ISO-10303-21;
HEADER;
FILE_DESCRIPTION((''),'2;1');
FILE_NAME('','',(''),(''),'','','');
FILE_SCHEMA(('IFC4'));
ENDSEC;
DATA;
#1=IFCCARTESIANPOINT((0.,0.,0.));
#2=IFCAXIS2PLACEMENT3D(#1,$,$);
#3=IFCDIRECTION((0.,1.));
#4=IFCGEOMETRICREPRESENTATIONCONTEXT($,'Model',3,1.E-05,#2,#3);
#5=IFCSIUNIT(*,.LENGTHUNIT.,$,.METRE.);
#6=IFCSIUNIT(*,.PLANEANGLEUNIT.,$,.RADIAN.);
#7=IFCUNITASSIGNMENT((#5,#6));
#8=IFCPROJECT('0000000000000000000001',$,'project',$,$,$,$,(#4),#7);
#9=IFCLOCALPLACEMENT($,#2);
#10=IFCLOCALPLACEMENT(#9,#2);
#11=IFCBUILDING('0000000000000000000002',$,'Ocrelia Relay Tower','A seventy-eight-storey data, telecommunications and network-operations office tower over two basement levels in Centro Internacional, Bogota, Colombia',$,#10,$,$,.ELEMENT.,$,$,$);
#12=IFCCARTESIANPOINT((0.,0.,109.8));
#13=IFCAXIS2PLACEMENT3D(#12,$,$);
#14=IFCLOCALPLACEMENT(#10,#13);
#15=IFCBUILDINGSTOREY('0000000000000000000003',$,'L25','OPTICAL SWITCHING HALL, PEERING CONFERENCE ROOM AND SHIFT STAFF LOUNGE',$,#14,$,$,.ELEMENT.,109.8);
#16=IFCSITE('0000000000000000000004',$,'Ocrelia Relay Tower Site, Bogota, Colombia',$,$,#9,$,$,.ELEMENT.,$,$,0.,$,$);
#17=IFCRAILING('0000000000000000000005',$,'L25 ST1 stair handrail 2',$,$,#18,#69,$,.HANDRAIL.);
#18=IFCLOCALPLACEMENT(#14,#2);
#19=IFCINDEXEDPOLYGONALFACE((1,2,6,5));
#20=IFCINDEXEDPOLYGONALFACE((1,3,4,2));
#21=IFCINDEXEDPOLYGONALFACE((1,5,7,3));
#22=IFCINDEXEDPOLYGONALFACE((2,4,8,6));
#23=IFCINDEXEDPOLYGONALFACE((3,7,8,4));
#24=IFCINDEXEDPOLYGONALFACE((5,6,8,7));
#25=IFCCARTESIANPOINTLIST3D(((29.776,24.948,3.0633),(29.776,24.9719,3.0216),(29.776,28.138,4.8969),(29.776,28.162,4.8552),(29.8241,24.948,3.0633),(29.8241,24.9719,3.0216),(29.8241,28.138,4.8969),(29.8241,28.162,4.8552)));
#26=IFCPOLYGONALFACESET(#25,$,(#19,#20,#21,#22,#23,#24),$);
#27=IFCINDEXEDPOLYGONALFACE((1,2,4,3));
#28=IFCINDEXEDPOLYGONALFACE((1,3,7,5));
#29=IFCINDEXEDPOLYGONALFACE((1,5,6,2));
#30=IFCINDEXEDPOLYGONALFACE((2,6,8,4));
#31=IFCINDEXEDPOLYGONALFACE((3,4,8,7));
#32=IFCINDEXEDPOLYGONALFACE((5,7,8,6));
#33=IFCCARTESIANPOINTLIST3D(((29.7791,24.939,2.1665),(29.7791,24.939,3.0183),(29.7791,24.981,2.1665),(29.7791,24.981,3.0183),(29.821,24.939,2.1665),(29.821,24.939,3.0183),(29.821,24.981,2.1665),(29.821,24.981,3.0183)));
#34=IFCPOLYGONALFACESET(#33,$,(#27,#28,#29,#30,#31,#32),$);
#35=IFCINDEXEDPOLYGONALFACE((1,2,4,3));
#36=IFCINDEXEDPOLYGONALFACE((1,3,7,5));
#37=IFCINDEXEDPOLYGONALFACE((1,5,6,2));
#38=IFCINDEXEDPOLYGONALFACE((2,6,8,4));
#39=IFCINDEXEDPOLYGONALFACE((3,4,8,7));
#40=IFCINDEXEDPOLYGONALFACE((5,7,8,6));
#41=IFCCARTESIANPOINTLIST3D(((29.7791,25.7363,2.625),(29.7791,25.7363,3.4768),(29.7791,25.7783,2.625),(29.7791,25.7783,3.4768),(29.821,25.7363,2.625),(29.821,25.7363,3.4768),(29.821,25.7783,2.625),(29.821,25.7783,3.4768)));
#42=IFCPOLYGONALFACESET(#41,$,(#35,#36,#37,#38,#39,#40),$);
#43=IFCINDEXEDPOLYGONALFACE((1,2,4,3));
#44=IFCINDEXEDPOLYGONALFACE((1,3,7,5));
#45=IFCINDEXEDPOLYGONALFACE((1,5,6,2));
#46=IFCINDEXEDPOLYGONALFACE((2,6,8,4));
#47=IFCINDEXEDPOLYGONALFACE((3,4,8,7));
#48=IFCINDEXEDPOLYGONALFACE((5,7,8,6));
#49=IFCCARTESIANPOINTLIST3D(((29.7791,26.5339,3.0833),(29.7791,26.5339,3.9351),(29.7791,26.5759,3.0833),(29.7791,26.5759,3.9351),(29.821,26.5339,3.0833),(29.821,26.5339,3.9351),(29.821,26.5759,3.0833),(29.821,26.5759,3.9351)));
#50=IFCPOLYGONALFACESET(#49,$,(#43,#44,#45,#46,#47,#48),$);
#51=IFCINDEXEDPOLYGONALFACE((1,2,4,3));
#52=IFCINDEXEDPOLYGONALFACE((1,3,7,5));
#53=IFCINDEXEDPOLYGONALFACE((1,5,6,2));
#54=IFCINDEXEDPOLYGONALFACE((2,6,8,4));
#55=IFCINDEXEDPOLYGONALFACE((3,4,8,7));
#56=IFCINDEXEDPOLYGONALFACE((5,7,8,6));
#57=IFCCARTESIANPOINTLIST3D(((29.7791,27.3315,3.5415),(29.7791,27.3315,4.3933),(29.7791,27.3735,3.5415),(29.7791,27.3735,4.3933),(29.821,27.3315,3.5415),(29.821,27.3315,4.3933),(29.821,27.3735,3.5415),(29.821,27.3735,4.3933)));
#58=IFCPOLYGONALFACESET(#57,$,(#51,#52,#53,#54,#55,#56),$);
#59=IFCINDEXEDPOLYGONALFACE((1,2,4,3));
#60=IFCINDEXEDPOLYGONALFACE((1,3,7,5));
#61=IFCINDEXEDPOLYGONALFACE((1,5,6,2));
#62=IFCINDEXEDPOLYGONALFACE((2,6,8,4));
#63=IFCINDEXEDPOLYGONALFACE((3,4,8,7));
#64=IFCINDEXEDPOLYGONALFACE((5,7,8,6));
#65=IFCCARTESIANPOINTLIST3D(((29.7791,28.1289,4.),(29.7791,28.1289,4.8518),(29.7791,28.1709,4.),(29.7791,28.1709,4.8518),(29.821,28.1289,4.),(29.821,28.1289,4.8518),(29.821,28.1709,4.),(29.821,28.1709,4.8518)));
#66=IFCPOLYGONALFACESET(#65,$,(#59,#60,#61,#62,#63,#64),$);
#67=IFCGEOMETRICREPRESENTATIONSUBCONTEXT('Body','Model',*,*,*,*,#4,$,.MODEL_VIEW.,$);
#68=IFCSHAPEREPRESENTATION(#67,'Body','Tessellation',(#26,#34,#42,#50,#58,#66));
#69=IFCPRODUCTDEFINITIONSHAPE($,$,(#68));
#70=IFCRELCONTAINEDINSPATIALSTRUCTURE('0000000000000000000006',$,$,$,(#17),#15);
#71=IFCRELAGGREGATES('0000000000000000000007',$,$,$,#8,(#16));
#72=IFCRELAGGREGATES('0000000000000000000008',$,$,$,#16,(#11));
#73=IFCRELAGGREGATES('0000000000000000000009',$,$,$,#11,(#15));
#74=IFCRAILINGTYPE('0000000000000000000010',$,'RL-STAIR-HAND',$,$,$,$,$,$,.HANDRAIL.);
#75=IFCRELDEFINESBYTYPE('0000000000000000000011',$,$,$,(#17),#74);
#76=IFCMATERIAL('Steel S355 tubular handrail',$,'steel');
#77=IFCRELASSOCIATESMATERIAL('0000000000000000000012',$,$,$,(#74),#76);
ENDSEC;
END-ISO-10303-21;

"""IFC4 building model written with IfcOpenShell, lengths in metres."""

from ifc_helpers import new_model, si_unit, direction, frame, origin, origin_2d, place, context, subcontext, project, spatial, rectangle, extrude, material, type_object, element, save


model = new_model("IFC4")

# Units and contexts
model_context = context("Model", 3, precision=1e-05, world=origin(), true_north=direction((0.0, 1.0)))
body_context = subcontext(model_context, "Body", "Model", "MODEL_VIEW")
ifc_project = project(units=[si_unit("LENGTHUNIT", "METRE"), si_unit("PLANEANGLEUNIT", "RADIAN")], contexts=[model_context])

# Site, building, storey
site_placement = place(None, origin())
site = spatial("IfcSite", under=ifc_project, at=site_placement, Name="Ocrelia Relay Tower Site, Bogota, Colombia", CompositionType="ELEMENT", RefElevation=0.0)
building_placement = place(site_placement, origin())
building = spatial("IfcBuilding", under=site, at=building_placement, Name="Ocrelia Relay Tower", Description="A seventy-eight-storey data, telecommunications and network-operations office tower over two basement levels in Centro Internacional, Bogota, Colombia", CompositionType="ELEMENT")
storey_placement = place(building_placement, frame((0.0, 0.0, 109.8)))
storey = spatial("IfcBuildingStorey", under=building, at=storey_placement, Name="L25", Description="OPTICAL SWITCHING HALL, PEERING CONFERENCE ROOM AND SHIFT STAFF LOUNGE", CompositionType="ELEMENT", Elevation=109.8)

# Railing
ifc_material_1 = material(Name="Steel S355 tubular handrail", Category="steel")
railing_type_1 = type_object("IfcRailingType", Name="RL-STAIR-HAND", PredefinedType="HANDRAIL", material=ifc_material_1)
railing_1_placement = place(storey_placement, frame((29.8, 24.96, 2.1665)))
element("IfcRailing", 1, at=railing_1_placement, inside=storey, type_object=railing_type_1, Name="L25 ST1 stair handrail 2", PredefinedType="HANDRAIL", context=body_context, shape_type="SweptSolid", body=[
    extrude(rectangle(XDim=0.0481, YDim=0.0481, at=origin_2d()), frame((0.0, 0.0, 0.876), z_axis=(0.0, 0.866991, 0.498324), x_axis=(-1.0, 0.0, 0.0)), (0.0, 0.0, 1.0), 3.6794),
    extrude(rectangle(XDim=0.042, YDim=0.042, at=origin_2d()), origin(), (0.0, 0.0, 1.0), 0.8518),
    extrude(rectangle(XDim=0.042, YDim=0.042, at=origin_2d()), frame((0.0, 0.7974, 0.4585)), (0.0, 0.0, 1.0), 0.8518),
    extrude(rectangle(XDim=0.042, YDim=0.042, at=origin_2d()), frame((0.0, 1.595, 0.9167)), (0.0, 0.0, 1.0), 0.8518),
    extrude(rectangle(XDim=0.042, YDim=0.042, at=origin_2d()), frame((0.0, 2.3926, 1.375)), (0.0, 0.0, 1.0), 0.8518),
    extrude(rectangle(XDim=0.042, YDim=0.042, at=origin_2d()), frame((0.0, 3.1899, 1.8335)), (0.0, 0.0, 1.0), 0.8518),
])

save(model, "model.ifc")
